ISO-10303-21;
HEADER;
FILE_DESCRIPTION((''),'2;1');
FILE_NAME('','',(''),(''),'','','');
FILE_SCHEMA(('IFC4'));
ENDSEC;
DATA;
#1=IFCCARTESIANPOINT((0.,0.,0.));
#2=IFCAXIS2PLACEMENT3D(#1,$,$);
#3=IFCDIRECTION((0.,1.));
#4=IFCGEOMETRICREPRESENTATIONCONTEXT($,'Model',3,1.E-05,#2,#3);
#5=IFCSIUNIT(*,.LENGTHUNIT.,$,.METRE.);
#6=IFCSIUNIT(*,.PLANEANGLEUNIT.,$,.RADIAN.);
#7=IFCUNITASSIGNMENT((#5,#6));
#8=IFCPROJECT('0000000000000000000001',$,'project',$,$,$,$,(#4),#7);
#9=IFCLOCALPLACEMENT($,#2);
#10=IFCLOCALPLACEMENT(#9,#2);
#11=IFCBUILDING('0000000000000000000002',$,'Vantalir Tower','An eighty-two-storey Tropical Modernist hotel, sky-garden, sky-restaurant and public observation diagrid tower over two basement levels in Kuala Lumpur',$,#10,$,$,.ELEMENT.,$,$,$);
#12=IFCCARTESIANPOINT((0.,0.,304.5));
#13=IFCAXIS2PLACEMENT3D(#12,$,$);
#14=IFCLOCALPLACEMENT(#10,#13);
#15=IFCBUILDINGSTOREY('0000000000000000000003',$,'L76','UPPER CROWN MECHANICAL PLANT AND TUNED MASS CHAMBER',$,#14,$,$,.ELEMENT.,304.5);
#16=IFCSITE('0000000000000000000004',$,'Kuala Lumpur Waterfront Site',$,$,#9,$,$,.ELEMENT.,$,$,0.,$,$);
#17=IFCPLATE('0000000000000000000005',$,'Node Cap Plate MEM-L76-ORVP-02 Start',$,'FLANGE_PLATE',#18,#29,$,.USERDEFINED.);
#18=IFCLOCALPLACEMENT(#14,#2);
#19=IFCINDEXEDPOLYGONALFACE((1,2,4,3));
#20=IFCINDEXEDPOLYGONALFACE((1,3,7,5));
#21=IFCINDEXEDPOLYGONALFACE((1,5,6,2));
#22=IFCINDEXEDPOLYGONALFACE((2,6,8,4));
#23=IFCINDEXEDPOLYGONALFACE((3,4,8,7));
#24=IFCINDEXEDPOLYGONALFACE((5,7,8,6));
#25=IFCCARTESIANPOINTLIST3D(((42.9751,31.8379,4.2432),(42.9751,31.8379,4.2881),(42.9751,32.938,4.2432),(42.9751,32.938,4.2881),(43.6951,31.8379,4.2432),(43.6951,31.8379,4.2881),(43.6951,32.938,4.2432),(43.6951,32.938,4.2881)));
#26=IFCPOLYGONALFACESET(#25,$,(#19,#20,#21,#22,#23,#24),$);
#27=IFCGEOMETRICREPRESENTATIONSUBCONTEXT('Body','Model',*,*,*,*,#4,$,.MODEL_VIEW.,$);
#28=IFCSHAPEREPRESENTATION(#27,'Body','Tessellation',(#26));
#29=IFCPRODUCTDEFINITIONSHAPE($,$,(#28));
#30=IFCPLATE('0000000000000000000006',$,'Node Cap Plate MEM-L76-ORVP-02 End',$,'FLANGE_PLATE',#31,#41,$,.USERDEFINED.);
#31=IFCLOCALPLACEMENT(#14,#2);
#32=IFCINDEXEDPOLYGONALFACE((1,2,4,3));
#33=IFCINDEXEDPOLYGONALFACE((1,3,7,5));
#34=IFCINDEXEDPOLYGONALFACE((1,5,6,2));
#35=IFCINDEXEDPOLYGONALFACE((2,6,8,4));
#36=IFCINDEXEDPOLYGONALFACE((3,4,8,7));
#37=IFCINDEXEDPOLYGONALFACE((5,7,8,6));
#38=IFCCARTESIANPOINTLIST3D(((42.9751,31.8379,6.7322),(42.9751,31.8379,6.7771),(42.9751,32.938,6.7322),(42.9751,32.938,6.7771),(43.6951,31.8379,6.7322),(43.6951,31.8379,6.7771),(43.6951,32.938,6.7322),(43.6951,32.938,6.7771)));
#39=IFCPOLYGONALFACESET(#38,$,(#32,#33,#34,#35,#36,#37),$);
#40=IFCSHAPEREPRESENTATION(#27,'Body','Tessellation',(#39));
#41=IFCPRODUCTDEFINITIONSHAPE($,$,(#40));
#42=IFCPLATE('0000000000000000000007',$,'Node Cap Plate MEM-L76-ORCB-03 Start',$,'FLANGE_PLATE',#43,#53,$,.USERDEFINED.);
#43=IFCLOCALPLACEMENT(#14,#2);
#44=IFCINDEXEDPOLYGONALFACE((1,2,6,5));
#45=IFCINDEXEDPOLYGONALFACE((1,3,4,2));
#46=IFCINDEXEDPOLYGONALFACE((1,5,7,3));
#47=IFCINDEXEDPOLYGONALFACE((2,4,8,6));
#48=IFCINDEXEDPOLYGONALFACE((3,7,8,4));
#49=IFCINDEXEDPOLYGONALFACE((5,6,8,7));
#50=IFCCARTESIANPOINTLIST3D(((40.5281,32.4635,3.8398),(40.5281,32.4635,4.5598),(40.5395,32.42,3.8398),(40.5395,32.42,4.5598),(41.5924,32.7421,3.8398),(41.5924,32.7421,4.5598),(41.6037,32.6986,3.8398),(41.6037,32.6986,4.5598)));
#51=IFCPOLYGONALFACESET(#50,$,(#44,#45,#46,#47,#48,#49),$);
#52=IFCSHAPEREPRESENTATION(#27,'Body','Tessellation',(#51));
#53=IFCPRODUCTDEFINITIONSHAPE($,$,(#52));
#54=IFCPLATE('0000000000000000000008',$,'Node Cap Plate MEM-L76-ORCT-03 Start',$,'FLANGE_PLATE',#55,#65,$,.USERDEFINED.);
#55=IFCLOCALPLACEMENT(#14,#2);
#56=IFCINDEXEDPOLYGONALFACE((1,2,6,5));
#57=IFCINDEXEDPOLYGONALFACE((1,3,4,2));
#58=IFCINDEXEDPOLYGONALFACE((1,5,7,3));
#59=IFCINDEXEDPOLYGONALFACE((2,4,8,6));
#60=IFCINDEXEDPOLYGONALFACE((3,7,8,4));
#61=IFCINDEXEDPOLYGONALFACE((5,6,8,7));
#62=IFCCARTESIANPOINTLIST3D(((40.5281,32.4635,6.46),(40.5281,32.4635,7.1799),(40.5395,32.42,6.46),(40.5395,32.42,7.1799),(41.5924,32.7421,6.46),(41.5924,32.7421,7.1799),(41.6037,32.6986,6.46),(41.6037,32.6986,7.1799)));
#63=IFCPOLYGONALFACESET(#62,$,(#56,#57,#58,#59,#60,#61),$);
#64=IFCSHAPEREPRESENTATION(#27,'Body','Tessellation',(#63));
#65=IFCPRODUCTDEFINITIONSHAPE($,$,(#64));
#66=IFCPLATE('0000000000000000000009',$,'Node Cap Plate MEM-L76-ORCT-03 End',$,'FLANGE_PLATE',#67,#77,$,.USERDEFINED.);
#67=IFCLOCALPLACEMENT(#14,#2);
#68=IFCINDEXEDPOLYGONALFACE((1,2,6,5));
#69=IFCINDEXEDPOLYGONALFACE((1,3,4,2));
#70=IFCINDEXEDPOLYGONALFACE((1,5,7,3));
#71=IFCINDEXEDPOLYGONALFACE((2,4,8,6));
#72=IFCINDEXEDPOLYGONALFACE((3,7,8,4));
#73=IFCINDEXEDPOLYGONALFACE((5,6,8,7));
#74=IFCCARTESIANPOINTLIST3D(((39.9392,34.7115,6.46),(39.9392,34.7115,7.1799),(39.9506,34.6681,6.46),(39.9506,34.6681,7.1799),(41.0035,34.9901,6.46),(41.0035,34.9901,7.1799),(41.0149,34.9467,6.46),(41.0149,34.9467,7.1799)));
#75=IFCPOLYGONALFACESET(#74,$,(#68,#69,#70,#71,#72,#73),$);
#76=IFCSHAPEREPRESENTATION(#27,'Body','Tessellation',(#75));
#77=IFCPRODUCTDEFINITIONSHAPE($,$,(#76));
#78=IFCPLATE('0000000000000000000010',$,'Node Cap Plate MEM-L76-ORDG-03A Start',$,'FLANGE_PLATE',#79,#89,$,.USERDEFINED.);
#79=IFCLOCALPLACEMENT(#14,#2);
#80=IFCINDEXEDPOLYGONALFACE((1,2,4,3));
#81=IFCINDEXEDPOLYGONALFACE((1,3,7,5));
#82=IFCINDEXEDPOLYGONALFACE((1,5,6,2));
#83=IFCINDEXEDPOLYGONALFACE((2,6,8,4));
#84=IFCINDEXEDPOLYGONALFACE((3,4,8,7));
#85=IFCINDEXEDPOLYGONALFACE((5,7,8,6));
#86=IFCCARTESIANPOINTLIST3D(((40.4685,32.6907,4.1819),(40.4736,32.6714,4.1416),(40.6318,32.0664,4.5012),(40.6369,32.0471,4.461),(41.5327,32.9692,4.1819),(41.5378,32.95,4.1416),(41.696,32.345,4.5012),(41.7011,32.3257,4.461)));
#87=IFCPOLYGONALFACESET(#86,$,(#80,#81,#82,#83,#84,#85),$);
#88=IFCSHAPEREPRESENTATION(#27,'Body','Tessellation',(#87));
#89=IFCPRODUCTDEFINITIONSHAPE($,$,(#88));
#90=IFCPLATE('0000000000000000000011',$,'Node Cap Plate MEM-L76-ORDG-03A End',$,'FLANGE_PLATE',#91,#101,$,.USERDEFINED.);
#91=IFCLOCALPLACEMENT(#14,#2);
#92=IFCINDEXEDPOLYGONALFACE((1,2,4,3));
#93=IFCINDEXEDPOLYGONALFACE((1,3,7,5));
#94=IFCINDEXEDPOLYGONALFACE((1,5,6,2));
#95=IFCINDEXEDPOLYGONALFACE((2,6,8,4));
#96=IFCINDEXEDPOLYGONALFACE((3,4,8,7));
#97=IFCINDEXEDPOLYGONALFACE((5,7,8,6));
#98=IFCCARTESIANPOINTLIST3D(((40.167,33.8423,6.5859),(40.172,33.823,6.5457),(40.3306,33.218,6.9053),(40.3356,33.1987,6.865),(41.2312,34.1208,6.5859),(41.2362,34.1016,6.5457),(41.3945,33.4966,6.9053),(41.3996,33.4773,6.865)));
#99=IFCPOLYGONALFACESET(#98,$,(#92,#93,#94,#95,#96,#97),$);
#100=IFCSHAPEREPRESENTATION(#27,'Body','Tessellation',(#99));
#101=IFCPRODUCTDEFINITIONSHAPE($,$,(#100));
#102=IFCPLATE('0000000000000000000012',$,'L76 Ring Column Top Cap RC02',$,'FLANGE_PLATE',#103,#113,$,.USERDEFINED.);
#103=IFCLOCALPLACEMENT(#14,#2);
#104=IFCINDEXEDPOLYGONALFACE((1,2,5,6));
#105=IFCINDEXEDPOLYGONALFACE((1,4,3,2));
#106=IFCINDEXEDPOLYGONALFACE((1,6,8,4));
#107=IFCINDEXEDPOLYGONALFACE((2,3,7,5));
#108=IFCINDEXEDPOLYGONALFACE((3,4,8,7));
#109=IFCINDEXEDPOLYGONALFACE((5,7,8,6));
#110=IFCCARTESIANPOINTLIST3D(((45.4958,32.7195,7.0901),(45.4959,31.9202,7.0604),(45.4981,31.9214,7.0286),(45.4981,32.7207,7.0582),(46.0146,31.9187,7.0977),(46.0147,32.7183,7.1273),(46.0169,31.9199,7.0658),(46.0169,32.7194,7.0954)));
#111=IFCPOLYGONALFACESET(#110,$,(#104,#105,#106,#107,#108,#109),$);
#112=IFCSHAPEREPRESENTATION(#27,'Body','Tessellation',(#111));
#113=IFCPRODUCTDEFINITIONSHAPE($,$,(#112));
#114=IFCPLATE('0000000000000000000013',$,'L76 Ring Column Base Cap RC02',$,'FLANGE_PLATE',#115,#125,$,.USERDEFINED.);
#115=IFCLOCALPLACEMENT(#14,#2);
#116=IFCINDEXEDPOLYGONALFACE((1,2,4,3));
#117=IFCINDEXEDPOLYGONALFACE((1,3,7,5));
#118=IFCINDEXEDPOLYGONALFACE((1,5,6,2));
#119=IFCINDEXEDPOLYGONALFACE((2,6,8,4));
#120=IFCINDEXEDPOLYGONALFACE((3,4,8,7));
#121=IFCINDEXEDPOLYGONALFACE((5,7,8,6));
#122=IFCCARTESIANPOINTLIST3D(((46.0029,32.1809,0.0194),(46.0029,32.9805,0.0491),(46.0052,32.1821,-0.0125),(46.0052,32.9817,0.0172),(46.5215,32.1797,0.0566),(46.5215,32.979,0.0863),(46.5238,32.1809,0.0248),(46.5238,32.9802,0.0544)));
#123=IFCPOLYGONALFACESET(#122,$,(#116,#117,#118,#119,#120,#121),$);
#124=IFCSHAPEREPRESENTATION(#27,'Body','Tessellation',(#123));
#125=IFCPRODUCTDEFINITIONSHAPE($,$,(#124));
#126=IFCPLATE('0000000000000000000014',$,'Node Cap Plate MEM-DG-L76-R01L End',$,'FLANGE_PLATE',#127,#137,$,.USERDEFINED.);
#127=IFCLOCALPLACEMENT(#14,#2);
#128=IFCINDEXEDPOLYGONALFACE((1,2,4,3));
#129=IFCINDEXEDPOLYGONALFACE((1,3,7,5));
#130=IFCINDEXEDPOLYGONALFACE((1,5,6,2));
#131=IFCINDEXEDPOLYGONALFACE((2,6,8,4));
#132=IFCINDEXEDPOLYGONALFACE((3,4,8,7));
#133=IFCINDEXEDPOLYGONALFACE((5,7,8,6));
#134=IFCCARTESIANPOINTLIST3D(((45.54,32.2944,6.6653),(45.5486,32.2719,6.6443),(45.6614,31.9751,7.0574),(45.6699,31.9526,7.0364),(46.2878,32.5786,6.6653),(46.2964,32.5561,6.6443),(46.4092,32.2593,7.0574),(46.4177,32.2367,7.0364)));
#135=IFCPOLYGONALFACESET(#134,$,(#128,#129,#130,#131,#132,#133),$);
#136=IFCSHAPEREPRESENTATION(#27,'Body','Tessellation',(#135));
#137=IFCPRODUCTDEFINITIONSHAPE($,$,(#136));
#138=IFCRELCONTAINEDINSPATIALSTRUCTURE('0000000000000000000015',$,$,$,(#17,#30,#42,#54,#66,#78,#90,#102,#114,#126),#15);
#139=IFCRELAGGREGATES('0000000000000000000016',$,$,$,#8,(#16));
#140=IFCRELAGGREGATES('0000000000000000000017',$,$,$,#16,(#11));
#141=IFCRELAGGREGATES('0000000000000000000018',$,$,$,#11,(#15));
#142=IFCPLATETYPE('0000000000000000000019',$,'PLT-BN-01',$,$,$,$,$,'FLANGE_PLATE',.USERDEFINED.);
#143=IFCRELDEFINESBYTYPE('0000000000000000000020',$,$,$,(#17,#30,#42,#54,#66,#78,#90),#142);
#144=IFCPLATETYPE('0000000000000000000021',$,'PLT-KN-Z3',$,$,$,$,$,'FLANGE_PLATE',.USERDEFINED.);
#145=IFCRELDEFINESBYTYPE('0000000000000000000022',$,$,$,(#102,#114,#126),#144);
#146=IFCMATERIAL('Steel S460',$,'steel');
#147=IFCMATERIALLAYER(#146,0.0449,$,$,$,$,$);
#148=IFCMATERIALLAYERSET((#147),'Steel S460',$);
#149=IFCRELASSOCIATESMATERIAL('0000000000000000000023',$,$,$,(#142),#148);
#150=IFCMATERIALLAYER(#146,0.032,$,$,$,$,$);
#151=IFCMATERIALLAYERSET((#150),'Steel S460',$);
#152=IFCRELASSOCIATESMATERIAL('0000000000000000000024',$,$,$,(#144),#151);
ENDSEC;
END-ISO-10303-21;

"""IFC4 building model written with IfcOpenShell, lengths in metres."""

from ifc_helpers import new_model, si_unit, direction, frame, origin, origin_2d, place, context, subcontext, project, spatial, polyline, rectangle, outline, extrude, material, layer, layer_set, type_object, element, save


model = new_model("IFC4")

# Units and contexts
model_context = context("Model", 3, precision=1e-05, world=origin(), true_north=direction((0.0, 1.0)))
body_context = subcontext(model_context, "Body", "Model", "MODEL_VIEW")
ifc_project = project(units=[si_unit("LENGTHUNIT", "METRE"), si_unit("PLANEANGLEUNIT", "RADIAN")], contexts=[model_context])

# Site, building, storey
site_placement = place(None, origin())
site = spatial("IfcSite", under=ifc_project, at=site_placement, Name="Kuala Lumpur Waterfront Site", CompositionType="ELEMENT", RefElevation=0.0)
building_placement = place(site_placement, origin())
building = spatial("IfcBuilding", under=site, at=building_placement, Name="Vantalir Tower", Description="An eighty-two-storey Tropical Modernist hotel, sky-garden, sky-restaurant and public observation diagrid tower over two basement levels in Kuala Lumpur", CompositionType="ELEMENT")
storey_placement = place(building_placement, frame((0.0, 0.0, 304.5)))
storey = spatial("IfcBuildingStorey", under=building, at=storey_placement, Name="L76", Description="UPPER CROWN MECHANICAL PLANT AND TUNED MASS CHAMBER", CompositionType="ELEMENT", Elevation=304.5)

# Shared definitions
ifc_material_1 = material(Name="Steel S460", Category="steel")

# Plates
ifc_layer_1 = layer(ifc_material_1, 0.0449)
ifc_layer_set_1 = layer_set([ifc_layer_1], Name="Steel S460")
plate_type_1 = type_object("IfcPlateType", Name="PLT-BN-01", ElementType="FLANGE_PLATE", PredefinedType="USERDEFINED", material=ifc_layer_set_1)
for number, where, z_axis, x_axis, name in (
    (1, (42.9751, 32.938, 4.2881), (0.0, 0.0, 1.0), (0.0, -1.0, 0.0), "Node Cap Plate MEM-L76-ORVP-02 Start"),
    (2, (42.9751, 32.938, 6.7771), (0.0, 0.0, 1.0), (0.0, -1.0, 0.0), "Node Cap Plate MEM-L76-ORVP-02 End"),
):
    element("IfcPlate", number, at=place(storey_placement, frame(where, z_axis=z_axis, x_axis=x_axis)), inside=storey, type_object=plate_type_1, Name=name, ObjectType="FLANGE_PLATE", PredefinedType="USERDEFINED", context=body_context, shape_type="SweptSolid", body=[
        extrude(outline(polyline([(0.0, 0.0), (1.1001, 0.0), (1.1001, 0.72), (0.0, 0.72), (0.0, 0.0)])), origin(), (0.0, 0.0, -1.0), 0.0449),
    ])
for number, where, z_axis, x_axis, name in (
    (3, (41.0659, 32.5811, 3.8398), (0.0, 0.0, 1.0), (-0.253218, 0.967409, 0.0), "Node Cap Plate MEM-L76-ORCB-03 Start"),
    (4, (41.0659, 32.5811, 6.46), (0.0, 0.0, 1.0), (-0.253218, 0.967409, 0.0), "Node Cap Plate MEM-L76-ORCT-03 Start"),
    (5, (40.4771, 34.8291, 6.46), (0.0, 0.0, 1.0), (-0.253218, 0.967409, 0.0), "Node Cap Plate MEM-L76-ORCT-03 End"),
):
    element("IfcPlate", number, at=place(storey_placement, frame(where, z_axis=z_axis, x_axis=x_axis)), inside=storey, type_object=plate_type_1, Name=name, ObjectType="FLANGE_PLATE", PredefinedType="USERDEFINED", context=body_context, shape_type="SweptSolid", body=[
        extrude(rectangle(XDim=0.0449, YDim=1.1001, at=origin_2d()), origin(), (0.0, 0.0, 1.0), 0.72),
    ])
plate_1_placement = place(storey_placement, frame((41.5327, 32.9692, 4.1819), z_axis=(-0.112315, 0.429082, 0.896255), x_axis=(-0.967407, -0.253226, 0.0)))
element("IfcPlate", 6, at=plate_1_placement, inside=storey, type_object=plate_type_1, Name="Node Cap Plate MEM-L76-ORDG-03A Start", ObjectType="FLANGE_PLATE", PredefinedType="USERDEFINED", context=body_context, shape_type="SweptSolid", body=[
    extrude(outline(polyline([(0.0, 0.0), (1.1001, 0.0), (1.1001, 0.72), (0.0001, 0.72), (0.0, 0.0)])), origin(), (0.0, 0.0, -1.0), 0.0449),
])
plate_2_placement = place(storey_placement, frame((41.2312, 34.1208, 6.5859), z_axis=(-0.112323, 0.429062, 0.896264), x_axis=(-0.967406, -0.253231, -0.000011)))
element("IfcPlate", 7, at=plate_2_placement, inside=storey, type_object=plate_type_1, Name="Node Cap Plate MEM-L76-ORDG-03A End", ObjectType="FLANGE_PLATE", PredefinedType="USERDEFINED", context=body_context, shape_type="SweptSolid", body=[
    extrude(outline(polyline([(0.0, 0.0), (1.1001, 0.0), (1.0999, 0.72), (0.0001, 0.72), (0.0, 0.0)])), origin(), (0.0, 0.0, -1.0), 0.0449),
])
ifc_layer_2 = layer(ifc_material_1, 0.032)
ifc_layer_set_2 = layer_set([ifc_layer_2], Name="Steel S460")
plate_type_2 = type_object("IfcPlateType", Name="PLT-KN-Z3", ElementType="FLANGE_PLATE", PredefinedType="USERDEFINED", material=ifc_layer_set_2)
plate_3_placement = place(storey_placement, frame((45.4958, 32.7195, 7.0901), z_axis=(-0.071627, -0.036984, 0.996746), x_axis=(0.00001, -0.999312, -0.037079)))
element("IfcPlate", 8, at=plate_3_placement, inside=storey, type_object=plate_type_2, Name="L76 Ring Column Top Cap RC02", ObjectType="FLANGE_PLATE", PredefinedType="USERDEFINED", context=body_context, shape_type="SweptSolid", body=[
    extrude(outline(polyline([(0.0, 0.0), (0.7999, 0.0), (0.8, 0.5201), (-0.0002, 0.5201), (0.0, 0.0)])), origin(), (0.0, 0.0, -1.0), 0.032),
])
plate_4_placement = place(storey_placement, frame((46.0029, 32.9805, 0.0491), z_axis=(-0.07166, -0.036984, 0.996743), x_axis=(-0.00001, -0.999312, -0.03708)))
element("IfcPlate", 9, at=plate_4_placement, inside=storey, type_object=plate_type_2, Name="L76 Ring Column Base Cap RC02", ObjectType="FLANGE_PLATE", PredefinedType="USERDEFINED", context=body_context, shape_type="SweptSolid", body=[
    extrude(outline(polyline([(0.0, 0.0), (0.8001, 0.0), (0.7999, 0.5199), (0.0001, 0.5199), (0.0, 0.0)])), origin(), (0.0, 0.0, -1.0), 0.032),
])
plate_5_placement = place(storey_placement, frame((46.2878, 32.5786, 6.6653), z_axis=(-0.267837, 0.704797, 0.656905), x_axis=(-0.934778, -0.355234, 0.0)))
element("IfcPlate", 10, at=plate_5_placement, inside=storey, type_object=plate_type_2, Name="Node Cap Plate MEM-DG-L76-R01L End", ObjectType="FLANGE_PLATE", PredefinedType="USERDEFINED", context=body_context, shape_type="SweptSolid", body=[
    extrude(outline(polyline([(0.0, 0.0), (0.8, 0.0), (0.8, 0.52), (0.0, 0.52), (0.0, 0.0)])), origin(), (0.0, 0.0, -1.0), 0.032),
])

save(model, "model.ifc")
